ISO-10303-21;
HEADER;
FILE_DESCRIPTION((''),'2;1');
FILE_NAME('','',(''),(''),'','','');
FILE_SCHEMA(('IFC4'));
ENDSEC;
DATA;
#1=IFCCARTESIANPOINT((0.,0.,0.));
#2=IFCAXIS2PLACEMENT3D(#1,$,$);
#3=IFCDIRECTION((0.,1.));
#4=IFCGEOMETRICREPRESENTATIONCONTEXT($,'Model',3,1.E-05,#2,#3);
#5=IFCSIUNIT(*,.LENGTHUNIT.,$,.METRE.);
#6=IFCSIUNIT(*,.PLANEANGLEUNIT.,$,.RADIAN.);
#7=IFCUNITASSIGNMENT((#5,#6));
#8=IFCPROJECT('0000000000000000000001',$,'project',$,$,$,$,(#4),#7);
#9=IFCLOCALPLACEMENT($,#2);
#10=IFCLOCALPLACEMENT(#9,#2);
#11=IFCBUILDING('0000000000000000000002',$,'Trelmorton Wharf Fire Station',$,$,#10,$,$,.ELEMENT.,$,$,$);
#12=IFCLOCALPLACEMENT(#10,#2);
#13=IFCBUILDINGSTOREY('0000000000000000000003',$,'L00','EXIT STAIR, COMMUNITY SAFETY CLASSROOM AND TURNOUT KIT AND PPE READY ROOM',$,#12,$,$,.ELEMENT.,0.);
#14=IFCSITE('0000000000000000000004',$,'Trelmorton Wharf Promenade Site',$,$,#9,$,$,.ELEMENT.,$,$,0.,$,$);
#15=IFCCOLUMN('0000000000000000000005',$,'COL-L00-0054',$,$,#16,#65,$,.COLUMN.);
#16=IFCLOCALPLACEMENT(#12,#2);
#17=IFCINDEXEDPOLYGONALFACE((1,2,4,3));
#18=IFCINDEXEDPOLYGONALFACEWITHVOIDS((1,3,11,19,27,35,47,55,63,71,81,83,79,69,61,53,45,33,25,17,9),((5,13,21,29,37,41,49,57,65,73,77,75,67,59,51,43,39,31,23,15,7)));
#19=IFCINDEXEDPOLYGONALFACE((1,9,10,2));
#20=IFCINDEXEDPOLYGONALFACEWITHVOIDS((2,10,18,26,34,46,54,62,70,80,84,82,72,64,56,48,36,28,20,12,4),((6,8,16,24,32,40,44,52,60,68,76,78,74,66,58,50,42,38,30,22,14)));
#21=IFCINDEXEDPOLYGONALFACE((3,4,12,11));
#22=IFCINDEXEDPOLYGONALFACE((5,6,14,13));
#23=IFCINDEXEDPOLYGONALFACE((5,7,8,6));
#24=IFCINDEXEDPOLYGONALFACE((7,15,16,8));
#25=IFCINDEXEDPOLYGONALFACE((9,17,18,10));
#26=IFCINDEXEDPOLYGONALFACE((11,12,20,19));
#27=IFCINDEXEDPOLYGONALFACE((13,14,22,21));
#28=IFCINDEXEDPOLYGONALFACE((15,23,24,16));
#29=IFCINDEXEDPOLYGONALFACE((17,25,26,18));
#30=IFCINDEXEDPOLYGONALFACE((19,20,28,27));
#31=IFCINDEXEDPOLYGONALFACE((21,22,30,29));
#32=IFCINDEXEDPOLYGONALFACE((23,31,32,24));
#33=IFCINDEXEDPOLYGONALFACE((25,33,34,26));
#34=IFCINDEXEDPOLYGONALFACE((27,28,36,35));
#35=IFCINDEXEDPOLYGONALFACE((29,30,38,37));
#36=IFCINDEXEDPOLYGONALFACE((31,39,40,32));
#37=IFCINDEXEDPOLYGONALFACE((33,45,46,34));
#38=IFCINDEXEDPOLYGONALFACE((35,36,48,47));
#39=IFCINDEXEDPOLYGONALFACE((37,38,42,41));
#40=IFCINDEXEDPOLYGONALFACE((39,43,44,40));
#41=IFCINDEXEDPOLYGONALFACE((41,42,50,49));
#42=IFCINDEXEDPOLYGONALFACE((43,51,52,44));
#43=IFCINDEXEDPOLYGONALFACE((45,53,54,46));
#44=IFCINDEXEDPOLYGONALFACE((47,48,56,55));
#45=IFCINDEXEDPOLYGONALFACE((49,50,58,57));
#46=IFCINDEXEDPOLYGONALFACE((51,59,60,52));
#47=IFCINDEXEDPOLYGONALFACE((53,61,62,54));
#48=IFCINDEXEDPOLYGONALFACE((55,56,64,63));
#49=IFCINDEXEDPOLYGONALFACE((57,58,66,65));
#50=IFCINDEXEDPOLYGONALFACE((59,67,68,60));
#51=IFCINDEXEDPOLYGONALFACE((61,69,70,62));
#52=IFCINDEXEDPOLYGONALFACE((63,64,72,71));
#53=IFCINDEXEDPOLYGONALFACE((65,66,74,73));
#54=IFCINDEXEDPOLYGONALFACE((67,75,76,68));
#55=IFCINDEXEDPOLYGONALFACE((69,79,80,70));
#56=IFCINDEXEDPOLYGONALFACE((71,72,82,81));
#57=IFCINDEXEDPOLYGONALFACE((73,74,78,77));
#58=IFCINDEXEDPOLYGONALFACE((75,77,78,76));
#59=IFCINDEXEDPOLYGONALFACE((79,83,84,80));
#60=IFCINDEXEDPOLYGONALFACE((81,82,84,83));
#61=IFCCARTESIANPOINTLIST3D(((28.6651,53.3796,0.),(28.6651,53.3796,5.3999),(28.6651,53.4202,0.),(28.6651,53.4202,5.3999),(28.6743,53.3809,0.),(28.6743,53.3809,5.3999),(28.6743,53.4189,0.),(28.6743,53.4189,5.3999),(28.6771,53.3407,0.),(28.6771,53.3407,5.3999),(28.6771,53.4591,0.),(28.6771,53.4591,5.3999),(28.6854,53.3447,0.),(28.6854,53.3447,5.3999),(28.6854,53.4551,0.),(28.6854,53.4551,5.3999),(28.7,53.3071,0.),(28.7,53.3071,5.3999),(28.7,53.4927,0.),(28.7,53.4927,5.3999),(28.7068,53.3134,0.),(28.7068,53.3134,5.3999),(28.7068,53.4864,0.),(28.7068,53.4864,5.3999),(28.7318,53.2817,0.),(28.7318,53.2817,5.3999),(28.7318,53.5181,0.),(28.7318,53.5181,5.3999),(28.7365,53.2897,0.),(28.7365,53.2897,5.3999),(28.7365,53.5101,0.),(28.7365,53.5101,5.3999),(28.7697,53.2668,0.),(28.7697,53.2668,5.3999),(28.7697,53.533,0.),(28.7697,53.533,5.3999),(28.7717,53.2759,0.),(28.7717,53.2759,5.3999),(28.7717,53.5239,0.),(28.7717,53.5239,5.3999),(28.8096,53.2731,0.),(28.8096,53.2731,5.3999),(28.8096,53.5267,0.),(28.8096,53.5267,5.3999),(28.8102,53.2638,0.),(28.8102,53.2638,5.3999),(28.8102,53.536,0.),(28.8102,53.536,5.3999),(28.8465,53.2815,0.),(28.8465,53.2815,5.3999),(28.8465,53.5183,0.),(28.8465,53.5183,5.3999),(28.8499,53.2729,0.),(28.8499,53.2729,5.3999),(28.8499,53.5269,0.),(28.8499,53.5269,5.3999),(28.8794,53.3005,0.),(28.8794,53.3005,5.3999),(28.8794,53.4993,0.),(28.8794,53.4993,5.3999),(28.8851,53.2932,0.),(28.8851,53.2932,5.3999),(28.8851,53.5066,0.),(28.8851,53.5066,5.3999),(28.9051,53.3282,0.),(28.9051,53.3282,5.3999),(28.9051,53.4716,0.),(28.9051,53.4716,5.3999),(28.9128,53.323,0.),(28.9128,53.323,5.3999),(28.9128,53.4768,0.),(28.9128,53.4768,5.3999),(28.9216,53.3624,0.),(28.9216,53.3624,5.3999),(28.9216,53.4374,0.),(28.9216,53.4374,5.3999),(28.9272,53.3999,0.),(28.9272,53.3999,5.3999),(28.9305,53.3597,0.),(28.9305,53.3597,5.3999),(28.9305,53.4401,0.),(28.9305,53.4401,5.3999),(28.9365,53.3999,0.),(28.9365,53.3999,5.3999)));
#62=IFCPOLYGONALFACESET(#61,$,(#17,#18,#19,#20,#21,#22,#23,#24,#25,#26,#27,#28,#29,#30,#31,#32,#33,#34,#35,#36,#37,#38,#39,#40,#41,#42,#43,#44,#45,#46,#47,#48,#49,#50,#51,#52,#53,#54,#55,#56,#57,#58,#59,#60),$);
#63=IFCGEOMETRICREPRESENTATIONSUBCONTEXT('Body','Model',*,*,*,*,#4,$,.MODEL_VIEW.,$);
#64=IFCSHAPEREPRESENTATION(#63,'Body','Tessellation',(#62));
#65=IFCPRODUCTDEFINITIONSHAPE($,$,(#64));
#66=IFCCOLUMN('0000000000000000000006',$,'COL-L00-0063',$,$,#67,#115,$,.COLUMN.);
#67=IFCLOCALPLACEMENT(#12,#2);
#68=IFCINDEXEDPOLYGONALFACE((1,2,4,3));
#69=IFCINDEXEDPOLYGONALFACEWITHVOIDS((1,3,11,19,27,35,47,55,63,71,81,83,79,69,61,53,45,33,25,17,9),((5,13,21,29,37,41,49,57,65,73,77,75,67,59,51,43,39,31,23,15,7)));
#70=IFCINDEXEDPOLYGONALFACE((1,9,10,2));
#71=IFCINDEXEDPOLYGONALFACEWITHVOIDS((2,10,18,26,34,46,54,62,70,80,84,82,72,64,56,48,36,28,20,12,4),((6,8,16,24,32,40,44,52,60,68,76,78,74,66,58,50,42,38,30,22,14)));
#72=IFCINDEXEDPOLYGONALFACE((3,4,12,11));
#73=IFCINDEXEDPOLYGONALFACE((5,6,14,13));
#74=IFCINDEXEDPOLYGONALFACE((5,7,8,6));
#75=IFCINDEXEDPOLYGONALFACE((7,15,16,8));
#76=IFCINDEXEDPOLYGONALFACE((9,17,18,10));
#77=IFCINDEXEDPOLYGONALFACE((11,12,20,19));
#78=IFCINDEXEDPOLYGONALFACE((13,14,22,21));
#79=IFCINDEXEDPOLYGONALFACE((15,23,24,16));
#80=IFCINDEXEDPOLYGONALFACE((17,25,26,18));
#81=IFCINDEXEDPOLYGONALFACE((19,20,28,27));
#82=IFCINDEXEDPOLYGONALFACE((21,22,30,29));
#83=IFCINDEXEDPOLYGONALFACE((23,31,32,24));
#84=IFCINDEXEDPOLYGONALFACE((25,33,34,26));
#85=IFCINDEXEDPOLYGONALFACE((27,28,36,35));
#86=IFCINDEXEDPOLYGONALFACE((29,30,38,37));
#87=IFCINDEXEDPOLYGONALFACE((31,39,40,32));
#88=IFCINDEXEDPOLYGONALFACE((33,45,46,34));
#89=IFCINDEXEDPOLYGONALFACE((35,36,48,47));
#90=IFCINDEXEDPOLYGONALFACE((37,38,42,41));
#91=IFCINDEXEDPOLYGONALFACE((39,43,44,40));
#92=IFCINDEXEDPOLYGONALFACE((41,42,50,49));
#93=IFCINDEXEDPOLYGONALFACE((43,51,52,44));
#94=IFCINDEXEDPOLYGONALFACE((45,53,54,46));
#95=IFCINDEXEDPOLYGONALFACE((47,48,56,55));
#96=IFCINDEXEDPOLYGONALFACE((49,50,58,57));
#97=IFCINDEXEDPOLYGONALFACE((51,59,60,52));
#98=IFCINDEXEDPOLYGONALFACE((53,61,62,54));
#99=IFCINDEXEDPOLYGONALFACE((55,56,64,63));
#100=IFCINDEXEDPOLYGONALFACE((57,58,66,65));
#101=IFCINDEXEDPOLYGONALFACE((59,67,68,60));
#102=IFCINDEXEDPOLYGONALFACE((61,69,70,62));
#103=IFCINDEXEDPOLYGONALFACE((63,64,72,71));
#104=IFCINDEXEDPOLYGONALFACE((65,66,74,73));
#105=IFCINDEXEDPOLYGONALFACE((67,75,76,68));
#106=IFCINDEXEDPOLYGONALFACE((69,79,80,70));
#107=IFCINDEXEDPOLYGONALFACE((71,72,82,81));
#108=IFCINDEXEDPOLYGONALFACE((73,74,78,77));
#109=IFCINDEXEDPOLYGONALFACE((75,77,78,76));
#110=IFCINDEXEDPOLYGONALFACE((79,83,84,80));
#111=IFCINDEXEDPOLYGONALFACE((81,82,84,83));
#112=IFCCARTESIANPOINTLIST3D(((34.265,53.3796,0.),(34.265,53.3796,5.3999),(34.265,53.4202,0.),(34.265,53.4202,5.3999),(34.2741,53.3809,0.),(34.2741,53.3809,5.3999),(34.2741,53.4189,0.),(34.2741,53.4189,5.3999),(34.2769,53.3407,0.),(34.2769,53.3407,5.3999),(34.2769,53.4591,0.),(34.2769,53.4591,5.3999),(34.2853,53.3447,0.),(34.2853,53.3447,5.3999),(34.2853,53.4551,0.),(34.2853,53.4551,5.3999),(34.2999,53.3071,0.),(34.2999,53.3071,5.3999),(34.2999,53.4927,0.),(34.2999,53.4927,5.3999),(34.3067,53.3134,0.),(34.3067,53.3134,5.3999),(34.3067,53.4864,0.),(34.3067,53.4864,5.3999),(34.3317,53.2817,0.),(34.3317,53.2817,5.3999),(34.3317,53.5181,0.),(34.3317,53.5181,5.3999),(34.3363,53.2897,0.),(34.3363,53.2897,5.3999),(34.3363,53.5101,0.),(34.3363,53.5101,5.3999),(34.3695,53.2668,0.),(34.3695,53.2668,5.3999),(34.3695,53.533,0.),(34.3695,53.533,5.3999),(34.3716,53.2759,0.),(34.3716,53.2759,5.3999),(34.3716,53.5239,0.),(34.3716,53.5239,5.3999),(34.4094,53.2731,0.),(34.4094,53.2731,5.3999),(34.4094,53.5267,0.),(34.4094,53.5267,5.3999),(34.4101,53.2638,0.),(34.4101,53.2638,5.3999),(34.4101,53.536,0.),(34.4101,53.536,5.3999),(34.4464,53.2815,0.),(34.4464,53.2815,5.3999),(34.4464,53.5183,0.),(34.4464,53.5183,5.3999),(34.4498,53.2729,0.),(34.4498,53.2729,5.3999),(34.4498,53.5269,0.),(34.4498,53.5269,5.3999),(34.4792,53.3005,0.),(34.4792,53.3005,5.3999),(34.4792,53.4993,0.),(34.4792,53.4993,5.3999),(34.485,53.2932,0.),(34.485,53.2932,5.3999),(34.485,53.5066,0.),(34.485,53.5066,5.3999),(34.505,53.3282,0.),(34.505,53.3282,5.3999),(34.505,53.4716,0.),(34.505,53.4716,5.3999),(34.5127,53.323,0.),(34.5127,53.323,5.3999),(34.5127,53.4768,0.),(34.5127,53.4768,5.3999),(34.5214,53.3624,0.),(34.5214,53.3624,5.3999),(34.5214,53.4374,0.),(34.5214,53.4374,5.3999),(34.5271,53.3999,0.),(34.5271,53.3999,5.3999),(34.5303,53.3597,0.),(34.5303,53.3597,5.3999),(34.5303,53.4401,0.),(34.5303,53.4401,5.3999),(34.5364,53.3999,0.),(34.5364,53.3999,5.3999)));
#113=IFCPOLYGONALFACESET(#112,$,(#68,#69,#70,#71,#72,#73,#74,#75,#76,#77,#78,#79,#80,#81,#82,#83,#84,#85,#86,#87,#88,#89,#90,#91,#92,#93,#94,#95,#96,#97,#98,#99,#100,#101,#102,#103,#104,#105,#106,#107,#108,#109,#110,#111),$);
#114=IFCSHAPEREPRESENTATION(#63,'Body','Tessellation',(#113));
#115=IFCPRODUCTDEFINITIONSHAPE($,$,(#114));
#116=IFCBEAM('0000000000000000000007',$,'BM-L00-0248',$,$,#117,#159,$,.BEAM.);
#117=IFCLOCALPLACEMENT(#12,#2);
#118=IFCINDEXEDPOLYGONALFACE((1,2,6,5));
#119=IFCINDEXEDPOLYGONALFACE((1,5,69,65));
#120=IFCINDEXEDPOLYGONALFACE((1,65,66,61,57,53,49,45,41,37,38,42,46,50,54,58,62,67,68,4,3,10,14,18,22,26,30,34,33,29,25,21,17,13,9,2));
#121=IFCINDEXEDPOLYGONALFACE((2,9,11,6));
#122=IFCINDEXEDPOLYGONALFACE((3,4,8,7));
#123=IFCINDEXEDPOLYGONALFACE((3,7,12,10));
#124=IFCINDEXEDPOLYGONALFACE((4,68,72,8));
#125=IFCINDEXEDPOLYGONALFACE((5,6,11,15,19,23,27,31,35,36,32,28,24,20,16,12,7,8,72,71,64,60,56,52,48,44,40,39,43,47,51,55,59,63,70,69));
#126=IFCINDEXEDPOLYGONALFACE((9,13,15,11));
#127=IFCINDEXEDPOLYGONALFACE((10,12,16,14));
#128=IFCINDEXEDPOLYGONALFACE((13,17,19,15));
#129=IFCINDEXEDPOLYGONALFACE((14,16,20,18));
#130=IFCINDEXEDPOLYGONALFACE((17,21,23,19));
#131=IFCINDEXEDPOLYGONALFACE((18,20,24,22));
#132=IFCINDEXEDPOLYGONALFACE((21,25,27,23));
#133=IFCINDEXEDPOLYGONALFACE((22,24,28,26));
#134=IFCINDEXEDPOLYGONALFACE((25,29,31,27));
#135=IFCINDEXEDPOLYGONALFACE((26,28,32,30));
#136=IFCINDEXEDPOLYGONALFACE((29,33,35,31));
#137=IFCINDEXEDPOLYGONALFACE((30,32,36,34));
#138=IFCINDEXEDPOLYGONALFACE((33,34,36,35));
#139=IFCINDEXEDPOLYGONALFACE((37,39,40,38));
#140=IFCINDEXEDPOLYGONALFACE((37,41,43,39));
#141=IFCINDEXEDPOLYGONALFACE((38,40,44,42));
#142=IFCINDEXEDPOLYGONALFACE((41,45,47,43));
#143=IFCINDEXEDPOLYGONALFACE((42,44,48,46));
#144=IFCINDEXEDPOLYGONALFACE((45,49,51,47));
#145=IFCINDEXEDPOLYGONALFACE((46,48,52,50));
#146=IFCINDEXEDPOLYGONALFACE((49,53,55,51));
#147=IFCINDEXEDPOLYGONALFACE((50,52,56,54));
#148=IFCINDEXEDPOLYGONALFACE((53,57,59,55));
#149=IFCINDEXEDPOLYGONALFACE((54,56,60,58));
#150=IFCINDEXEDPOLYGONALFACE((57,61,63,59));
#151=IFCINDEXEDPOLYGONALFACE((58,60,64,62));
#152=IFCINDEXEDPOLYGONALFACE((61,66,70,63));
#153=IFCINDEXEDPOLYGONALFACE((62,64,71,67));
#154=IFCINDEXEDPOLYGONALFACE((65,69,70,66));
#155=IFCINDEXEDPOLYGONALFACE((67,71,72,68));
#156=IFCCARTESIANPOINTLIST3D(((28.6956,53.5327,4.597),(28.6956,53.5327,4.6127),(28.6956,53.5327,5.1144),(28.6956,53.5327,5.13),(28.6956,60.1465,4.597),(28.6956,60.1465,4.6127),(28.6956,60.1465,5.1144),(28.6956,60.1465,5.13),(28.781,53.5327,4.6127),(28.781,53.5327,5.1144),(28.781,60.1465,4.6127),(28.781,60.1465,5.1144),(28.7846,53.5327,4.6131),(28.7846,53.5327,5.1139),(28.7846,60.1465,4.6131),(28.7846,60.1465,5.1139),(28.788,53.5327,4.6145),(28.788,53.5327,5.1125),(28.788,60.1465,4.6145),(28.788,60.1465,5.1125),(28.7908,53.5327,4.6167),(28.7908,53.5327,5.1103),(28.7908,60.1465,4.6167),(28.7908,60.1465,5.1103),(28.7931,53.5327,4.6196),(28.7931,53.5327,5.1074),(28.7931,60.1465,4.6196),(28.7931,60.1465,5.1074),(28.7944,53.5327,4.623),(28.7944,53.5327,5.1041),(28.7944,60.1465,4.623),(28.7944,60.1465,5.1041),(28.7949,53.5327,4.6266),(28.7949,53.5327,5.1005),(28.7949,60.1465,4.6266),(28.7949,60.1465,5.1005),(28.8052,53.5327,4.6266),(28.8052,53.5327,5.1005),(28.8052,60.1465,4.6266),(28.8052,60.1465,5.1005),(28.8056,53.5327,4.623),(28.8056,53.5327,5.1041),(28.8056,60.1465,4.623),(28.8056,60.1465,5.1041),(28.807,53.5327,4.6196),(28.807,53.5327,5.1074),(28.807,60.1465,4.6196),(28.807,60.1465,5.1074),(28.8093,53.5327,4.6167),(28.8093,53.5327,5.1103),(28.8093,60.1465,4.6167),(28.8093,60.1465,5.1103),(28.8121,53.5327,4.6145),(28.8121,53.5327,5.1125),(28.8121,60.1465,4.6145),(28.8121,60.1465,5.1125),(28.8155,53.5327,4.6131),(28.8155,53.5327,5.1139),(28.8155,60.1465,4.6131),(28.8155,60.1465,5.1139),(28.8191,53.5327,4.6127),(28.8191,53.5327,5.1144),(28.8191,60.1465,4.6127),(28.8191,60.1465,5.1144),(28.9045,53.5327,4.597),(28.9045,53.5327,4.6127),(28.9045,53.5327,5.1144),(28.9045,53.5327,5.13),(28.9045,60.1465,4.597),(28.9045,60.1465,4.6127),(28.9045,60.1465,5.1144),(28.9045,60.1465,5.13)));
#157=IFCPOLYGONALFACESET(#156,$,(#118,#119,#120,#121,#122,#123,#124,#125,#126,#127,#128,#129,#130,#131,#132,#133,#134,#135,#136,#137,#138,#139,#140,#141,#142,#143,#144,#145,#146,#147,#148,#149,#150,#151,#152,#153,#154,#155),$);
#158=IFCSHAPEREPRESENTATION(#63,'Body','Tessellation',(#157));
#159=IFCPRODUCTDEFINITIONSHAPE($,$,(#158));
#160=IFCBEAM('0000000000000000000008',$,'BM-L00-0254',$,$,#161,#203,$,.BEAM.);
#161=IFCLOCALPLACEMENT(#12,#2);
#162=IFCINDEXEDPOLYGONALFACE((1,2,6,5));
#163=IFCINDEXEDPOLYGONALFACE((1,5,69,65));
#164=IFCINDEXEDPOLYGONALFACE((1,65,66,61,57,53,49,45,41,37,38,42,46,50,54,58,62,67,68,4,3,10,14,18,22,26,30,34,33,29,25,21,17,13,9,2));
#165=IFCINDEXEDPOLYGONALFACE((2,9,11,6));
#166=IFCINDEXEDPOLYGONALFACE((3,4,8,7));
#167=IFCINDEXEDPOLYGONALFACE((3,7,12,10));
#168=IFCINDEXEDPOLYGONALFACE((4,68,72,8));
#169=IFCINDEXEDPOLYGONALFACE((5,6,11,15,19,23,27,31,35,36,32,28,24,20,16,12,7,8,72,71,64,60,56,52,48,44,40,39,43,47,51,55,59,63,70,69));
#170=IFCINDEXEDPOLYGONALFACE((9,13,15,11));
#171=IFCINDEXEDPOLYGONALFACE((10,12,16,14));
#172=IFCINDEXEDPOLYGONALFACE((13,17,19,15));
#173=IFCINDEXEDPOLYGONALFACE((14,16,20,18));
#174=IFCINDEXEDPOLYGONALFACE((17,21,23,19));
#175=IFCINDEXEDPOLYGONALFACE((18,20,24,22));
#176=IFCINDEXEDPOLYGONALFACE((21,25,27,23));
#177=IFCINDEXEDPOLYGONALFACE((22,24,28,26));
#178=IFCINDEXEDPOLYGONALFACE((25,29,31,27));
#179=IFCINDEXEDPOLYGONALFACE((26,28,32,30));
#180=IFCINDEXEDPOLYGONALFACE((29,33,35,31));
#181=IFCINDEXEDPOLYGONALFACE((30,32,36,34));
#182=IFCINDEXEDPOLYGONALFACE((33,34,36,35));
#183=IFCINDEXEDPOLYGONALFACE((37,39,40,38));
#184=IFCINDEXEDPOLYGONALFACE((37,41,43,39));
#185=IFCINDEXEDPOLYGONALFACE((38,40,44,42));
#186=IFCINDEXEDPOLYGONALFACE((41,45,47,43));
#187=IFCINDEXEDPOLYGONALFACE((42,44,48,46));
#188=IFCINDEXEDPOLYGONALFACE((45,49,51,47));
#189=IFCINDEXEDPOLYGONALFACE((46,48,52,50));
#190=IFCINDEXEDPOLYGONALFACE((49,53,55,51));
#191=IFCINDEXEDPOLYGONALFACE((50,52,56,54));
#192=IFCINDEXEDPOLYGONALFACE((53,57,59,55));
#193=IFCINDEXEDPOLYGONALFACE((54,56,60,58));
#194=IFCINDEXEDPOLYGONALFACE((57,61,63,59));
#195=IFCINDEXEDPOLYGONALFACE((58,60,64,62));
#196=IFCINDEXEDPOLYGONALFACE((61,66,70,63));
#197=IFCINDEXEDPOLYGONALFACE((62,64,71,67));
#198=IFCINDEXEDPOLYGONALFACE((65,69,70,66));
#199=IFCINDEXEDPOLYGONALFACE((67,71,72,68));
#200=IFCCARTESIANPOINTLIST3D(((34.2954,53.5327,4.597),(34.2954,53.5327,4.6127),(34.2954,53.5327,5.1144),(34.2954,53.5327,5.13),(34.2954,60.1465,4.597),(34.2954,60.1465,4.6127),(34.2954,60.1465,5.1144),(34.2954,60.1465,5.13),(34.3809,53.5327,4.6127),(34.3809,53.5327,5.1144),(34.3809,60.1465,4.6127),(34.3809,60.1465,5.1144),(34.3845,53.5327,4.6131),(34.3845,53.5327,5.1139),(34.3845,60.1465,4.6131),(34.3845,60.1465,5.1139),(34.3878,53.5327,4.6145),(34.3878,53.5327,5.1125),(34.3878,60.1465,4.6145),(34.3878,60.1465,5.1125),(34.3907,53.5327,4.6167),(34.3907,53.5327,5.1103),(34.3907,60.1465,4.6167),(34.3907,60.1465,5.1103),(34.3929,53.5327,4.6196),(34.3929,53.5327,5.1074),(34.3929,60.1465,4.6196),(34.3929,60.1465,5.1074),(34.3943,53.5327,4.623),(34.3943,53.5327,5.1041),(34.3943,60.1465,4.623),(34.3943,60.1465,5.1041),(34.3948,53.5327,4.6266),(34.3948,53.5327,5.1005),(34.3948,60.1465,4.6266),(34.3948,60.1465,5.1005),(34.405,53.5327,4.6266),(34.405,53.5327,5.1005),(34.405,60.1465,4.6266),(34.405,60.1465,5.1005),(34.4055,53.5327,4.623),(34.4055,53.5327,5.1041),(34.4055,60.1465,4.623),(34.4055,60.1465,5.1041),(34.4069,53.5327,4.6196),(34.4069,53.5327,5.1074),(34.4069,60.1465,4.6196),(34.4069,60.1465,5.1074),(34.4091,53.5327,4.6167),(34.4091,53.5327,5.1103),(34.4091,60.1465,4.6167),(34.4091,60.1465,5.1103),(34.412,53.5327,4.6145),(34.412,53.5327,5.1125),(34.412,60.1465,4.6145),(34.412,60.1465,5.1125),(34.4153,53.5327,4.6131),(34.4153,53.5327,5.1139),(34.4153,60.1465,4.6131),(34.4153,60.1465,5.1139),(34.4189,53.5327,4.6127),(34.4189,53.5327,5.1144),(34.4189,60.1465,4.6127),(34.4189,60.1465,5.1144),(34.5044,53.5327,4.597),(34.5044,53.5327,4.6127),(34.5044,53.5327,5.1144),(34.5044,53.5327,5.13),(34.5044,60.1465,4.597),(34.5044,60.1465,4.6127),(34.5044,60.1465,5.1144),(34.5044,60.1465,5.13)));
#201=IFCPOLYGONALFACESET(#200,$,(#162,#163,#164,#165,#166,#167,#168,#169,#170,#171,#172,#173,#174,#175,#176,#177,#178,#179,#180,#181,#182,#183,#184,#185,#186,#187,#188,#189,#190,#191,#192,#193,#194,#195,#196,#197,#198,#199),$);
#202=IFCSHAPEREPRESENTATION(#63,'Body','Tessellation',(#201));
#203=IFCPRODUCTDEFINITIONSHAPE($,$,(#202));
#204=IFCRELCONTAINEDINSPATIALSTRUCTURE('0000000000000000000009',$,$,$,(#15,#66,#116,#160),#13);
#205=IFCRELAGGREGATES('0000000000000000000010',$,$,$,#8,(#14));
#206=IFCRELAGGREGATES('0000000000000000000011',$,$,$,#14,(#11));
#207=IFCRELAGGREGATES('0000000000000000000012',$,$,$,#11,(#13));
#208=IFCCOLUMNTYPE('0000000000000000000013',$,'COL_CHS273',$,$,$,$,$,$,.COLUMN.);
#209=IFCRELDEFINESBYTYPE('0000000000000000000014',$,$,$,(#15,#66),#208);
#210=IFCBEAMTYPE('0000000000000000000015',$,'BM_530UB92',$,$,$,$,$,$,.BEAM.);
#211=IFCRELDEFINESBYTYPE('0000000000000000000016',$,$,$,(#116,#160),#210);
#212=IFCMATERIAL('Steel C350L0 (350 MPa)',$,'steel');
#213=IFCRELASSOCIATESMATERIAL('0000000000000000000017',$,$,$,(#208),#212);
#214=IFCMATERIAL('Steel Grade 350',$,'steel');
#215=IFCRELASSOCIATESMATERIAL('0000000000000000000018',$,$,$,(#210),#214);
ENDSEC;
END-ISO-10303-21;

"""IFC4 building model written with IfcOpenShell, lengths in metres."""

from ifc_helpers import new_model, si_unit, direction, frame, origin, origin_2d, place, context, subcontext, project, spatial, hollow_circle, i_section, extrude, material, material_profile, profile_set, type_object, element, save


model = new_model("IFC4")

# Units and contexts
model_context = context("Model", 3, precision=1e-05, world=origin(), true_north=direction((0.0, 1.0)))
body_context = subcontext(model_context, "Body", "Model", "MODEL_VIEW")
ifc_project = project(units=[si_unit("LENGTHUNIT", "METRE"), si_unit("PLANEANGLEUNIT", "RADIAN")], contexts=[model_context])

# Site, building, storey
site_placement = place(None, origin())
site = spatial("IfcSite", under=ifc_project, at=site_placement, Name="Trelmorton Wharf Promenade Site", CompositionType="ELEMENT", RefElevation=0.0)
building_placement = place(site_placement, origin())
building = spatial("IfcBuilding", under=site, at=building_placement, Name="Trelmorton Wharf Fire Station", CompositionType="ELEMENT")
storey_placement = place(building_placement, origin())
storey = spatial("IfcBuildingStorey", under=building, at=storey_placement, Name="L00", Description="EXIT STAIR, COMMUNITY SAFETY CLASSROOM AND TURNOUT KIT AND PPE READY ROOM", CompositionType="ELEMENT", Elevation=0.0)

# Columns
ifc_material_1 = material(Name="Steel Grade 350", Category="steel")
ifc_material_2 = material(Name="Steel C350L0 (350 MPa)", Category="steel")
ifc_material_profile_1 = material_profile(ifc_material_2, hollow_circle(Radius=0.1365, WallThickness=0.0093, at=origin_2d()), Name="273.1x9.3CHS")
ifc_profile_set_1 = profile_set([ifc_material_profile_1], Name="Steel C350L0 (350 MPa)")
column_type_1 = type_object("IfcColumnType", Name="COL_CHS273", PredefinedType="COLUMN", material=ifc_profile_set_1)
for number, where, z_axis, x_axis, name in (
    (1, (28.8, 53.3999, 0.0), (0.0, 0.0, 1.0), (1.0, 0.0, 0.0), "COL-L00-0054"),
    (2, (34.3999, 53.3999, 0.0), (0.0, 0.0, 1.0), (1.0, 0.0, 0.0), "COL-L00-0063"),
):
    element("IfcColumn", number, at=place(storey_placement, frame(where, z_axis=z_axis, x_axis=x_axis)), inside=storey, type_object=column_type_1, Name=name, PredefinedType="COLUMN", context=body_context, shape_type="SweptSolid", body=[
        extrude(hollow_circle(Radius=0.1365, WallThickness=0.0093, at=origin_2d()), origin(), (0.0, 0.0, 1.0), 5.3999),
    ])

# Beams
ifc_material_profile_2 = material_profile(ifc_material_1, i_section(OverallWidth=0.209, OverallDepth=0.533, WebThickness=0.0103, FlangeThickness=0.0156, FilletRadius=0.0139, at=origin_2d()), Name="530UB92.4")
ifc_profile_set_2 = profile_set([ifc_material_profile_2], Name="Steel Grade 350")
beam_type_1 = type_object("IfcBeamType", Name="BM_530UB92", PredefinedType="BEAM", material=ifc_profile_set_2)
for number, where, z_axis, x_axis, name in (
    (3, (28.8, 53.5327, 4.8635), (0.0, 1.0, 0.0), (-1.0, 0.0, 0.0), "BM-L00-0248"),
    (4, (34.3999, 53.5327, 4.8635), (0.0, 1.0, 0.0), (-1.0, 0.0, 0.0), "BM-L00-0254"),
):
    element("IfcBeam", number, at=place(storey_placement, frame(where, z_axis=z_axis, x_axis=x_axis)), inside=storey, type_object=beam_type_1, Name=name, PredefinedType="BEAM", context=body_context, shape_type="SweptSolid", body=[
        extrude(i_section(OverallWidth=0.209, OverallDepth=0.533, WebThickness=0.0103, FlangeThickness=0.0156, FilletRadius=0.0139, at=origin_2d()), origin(), (0.0, 0.0, 1.0), 6.6138),
    ])

save(model, "model.ifc")
